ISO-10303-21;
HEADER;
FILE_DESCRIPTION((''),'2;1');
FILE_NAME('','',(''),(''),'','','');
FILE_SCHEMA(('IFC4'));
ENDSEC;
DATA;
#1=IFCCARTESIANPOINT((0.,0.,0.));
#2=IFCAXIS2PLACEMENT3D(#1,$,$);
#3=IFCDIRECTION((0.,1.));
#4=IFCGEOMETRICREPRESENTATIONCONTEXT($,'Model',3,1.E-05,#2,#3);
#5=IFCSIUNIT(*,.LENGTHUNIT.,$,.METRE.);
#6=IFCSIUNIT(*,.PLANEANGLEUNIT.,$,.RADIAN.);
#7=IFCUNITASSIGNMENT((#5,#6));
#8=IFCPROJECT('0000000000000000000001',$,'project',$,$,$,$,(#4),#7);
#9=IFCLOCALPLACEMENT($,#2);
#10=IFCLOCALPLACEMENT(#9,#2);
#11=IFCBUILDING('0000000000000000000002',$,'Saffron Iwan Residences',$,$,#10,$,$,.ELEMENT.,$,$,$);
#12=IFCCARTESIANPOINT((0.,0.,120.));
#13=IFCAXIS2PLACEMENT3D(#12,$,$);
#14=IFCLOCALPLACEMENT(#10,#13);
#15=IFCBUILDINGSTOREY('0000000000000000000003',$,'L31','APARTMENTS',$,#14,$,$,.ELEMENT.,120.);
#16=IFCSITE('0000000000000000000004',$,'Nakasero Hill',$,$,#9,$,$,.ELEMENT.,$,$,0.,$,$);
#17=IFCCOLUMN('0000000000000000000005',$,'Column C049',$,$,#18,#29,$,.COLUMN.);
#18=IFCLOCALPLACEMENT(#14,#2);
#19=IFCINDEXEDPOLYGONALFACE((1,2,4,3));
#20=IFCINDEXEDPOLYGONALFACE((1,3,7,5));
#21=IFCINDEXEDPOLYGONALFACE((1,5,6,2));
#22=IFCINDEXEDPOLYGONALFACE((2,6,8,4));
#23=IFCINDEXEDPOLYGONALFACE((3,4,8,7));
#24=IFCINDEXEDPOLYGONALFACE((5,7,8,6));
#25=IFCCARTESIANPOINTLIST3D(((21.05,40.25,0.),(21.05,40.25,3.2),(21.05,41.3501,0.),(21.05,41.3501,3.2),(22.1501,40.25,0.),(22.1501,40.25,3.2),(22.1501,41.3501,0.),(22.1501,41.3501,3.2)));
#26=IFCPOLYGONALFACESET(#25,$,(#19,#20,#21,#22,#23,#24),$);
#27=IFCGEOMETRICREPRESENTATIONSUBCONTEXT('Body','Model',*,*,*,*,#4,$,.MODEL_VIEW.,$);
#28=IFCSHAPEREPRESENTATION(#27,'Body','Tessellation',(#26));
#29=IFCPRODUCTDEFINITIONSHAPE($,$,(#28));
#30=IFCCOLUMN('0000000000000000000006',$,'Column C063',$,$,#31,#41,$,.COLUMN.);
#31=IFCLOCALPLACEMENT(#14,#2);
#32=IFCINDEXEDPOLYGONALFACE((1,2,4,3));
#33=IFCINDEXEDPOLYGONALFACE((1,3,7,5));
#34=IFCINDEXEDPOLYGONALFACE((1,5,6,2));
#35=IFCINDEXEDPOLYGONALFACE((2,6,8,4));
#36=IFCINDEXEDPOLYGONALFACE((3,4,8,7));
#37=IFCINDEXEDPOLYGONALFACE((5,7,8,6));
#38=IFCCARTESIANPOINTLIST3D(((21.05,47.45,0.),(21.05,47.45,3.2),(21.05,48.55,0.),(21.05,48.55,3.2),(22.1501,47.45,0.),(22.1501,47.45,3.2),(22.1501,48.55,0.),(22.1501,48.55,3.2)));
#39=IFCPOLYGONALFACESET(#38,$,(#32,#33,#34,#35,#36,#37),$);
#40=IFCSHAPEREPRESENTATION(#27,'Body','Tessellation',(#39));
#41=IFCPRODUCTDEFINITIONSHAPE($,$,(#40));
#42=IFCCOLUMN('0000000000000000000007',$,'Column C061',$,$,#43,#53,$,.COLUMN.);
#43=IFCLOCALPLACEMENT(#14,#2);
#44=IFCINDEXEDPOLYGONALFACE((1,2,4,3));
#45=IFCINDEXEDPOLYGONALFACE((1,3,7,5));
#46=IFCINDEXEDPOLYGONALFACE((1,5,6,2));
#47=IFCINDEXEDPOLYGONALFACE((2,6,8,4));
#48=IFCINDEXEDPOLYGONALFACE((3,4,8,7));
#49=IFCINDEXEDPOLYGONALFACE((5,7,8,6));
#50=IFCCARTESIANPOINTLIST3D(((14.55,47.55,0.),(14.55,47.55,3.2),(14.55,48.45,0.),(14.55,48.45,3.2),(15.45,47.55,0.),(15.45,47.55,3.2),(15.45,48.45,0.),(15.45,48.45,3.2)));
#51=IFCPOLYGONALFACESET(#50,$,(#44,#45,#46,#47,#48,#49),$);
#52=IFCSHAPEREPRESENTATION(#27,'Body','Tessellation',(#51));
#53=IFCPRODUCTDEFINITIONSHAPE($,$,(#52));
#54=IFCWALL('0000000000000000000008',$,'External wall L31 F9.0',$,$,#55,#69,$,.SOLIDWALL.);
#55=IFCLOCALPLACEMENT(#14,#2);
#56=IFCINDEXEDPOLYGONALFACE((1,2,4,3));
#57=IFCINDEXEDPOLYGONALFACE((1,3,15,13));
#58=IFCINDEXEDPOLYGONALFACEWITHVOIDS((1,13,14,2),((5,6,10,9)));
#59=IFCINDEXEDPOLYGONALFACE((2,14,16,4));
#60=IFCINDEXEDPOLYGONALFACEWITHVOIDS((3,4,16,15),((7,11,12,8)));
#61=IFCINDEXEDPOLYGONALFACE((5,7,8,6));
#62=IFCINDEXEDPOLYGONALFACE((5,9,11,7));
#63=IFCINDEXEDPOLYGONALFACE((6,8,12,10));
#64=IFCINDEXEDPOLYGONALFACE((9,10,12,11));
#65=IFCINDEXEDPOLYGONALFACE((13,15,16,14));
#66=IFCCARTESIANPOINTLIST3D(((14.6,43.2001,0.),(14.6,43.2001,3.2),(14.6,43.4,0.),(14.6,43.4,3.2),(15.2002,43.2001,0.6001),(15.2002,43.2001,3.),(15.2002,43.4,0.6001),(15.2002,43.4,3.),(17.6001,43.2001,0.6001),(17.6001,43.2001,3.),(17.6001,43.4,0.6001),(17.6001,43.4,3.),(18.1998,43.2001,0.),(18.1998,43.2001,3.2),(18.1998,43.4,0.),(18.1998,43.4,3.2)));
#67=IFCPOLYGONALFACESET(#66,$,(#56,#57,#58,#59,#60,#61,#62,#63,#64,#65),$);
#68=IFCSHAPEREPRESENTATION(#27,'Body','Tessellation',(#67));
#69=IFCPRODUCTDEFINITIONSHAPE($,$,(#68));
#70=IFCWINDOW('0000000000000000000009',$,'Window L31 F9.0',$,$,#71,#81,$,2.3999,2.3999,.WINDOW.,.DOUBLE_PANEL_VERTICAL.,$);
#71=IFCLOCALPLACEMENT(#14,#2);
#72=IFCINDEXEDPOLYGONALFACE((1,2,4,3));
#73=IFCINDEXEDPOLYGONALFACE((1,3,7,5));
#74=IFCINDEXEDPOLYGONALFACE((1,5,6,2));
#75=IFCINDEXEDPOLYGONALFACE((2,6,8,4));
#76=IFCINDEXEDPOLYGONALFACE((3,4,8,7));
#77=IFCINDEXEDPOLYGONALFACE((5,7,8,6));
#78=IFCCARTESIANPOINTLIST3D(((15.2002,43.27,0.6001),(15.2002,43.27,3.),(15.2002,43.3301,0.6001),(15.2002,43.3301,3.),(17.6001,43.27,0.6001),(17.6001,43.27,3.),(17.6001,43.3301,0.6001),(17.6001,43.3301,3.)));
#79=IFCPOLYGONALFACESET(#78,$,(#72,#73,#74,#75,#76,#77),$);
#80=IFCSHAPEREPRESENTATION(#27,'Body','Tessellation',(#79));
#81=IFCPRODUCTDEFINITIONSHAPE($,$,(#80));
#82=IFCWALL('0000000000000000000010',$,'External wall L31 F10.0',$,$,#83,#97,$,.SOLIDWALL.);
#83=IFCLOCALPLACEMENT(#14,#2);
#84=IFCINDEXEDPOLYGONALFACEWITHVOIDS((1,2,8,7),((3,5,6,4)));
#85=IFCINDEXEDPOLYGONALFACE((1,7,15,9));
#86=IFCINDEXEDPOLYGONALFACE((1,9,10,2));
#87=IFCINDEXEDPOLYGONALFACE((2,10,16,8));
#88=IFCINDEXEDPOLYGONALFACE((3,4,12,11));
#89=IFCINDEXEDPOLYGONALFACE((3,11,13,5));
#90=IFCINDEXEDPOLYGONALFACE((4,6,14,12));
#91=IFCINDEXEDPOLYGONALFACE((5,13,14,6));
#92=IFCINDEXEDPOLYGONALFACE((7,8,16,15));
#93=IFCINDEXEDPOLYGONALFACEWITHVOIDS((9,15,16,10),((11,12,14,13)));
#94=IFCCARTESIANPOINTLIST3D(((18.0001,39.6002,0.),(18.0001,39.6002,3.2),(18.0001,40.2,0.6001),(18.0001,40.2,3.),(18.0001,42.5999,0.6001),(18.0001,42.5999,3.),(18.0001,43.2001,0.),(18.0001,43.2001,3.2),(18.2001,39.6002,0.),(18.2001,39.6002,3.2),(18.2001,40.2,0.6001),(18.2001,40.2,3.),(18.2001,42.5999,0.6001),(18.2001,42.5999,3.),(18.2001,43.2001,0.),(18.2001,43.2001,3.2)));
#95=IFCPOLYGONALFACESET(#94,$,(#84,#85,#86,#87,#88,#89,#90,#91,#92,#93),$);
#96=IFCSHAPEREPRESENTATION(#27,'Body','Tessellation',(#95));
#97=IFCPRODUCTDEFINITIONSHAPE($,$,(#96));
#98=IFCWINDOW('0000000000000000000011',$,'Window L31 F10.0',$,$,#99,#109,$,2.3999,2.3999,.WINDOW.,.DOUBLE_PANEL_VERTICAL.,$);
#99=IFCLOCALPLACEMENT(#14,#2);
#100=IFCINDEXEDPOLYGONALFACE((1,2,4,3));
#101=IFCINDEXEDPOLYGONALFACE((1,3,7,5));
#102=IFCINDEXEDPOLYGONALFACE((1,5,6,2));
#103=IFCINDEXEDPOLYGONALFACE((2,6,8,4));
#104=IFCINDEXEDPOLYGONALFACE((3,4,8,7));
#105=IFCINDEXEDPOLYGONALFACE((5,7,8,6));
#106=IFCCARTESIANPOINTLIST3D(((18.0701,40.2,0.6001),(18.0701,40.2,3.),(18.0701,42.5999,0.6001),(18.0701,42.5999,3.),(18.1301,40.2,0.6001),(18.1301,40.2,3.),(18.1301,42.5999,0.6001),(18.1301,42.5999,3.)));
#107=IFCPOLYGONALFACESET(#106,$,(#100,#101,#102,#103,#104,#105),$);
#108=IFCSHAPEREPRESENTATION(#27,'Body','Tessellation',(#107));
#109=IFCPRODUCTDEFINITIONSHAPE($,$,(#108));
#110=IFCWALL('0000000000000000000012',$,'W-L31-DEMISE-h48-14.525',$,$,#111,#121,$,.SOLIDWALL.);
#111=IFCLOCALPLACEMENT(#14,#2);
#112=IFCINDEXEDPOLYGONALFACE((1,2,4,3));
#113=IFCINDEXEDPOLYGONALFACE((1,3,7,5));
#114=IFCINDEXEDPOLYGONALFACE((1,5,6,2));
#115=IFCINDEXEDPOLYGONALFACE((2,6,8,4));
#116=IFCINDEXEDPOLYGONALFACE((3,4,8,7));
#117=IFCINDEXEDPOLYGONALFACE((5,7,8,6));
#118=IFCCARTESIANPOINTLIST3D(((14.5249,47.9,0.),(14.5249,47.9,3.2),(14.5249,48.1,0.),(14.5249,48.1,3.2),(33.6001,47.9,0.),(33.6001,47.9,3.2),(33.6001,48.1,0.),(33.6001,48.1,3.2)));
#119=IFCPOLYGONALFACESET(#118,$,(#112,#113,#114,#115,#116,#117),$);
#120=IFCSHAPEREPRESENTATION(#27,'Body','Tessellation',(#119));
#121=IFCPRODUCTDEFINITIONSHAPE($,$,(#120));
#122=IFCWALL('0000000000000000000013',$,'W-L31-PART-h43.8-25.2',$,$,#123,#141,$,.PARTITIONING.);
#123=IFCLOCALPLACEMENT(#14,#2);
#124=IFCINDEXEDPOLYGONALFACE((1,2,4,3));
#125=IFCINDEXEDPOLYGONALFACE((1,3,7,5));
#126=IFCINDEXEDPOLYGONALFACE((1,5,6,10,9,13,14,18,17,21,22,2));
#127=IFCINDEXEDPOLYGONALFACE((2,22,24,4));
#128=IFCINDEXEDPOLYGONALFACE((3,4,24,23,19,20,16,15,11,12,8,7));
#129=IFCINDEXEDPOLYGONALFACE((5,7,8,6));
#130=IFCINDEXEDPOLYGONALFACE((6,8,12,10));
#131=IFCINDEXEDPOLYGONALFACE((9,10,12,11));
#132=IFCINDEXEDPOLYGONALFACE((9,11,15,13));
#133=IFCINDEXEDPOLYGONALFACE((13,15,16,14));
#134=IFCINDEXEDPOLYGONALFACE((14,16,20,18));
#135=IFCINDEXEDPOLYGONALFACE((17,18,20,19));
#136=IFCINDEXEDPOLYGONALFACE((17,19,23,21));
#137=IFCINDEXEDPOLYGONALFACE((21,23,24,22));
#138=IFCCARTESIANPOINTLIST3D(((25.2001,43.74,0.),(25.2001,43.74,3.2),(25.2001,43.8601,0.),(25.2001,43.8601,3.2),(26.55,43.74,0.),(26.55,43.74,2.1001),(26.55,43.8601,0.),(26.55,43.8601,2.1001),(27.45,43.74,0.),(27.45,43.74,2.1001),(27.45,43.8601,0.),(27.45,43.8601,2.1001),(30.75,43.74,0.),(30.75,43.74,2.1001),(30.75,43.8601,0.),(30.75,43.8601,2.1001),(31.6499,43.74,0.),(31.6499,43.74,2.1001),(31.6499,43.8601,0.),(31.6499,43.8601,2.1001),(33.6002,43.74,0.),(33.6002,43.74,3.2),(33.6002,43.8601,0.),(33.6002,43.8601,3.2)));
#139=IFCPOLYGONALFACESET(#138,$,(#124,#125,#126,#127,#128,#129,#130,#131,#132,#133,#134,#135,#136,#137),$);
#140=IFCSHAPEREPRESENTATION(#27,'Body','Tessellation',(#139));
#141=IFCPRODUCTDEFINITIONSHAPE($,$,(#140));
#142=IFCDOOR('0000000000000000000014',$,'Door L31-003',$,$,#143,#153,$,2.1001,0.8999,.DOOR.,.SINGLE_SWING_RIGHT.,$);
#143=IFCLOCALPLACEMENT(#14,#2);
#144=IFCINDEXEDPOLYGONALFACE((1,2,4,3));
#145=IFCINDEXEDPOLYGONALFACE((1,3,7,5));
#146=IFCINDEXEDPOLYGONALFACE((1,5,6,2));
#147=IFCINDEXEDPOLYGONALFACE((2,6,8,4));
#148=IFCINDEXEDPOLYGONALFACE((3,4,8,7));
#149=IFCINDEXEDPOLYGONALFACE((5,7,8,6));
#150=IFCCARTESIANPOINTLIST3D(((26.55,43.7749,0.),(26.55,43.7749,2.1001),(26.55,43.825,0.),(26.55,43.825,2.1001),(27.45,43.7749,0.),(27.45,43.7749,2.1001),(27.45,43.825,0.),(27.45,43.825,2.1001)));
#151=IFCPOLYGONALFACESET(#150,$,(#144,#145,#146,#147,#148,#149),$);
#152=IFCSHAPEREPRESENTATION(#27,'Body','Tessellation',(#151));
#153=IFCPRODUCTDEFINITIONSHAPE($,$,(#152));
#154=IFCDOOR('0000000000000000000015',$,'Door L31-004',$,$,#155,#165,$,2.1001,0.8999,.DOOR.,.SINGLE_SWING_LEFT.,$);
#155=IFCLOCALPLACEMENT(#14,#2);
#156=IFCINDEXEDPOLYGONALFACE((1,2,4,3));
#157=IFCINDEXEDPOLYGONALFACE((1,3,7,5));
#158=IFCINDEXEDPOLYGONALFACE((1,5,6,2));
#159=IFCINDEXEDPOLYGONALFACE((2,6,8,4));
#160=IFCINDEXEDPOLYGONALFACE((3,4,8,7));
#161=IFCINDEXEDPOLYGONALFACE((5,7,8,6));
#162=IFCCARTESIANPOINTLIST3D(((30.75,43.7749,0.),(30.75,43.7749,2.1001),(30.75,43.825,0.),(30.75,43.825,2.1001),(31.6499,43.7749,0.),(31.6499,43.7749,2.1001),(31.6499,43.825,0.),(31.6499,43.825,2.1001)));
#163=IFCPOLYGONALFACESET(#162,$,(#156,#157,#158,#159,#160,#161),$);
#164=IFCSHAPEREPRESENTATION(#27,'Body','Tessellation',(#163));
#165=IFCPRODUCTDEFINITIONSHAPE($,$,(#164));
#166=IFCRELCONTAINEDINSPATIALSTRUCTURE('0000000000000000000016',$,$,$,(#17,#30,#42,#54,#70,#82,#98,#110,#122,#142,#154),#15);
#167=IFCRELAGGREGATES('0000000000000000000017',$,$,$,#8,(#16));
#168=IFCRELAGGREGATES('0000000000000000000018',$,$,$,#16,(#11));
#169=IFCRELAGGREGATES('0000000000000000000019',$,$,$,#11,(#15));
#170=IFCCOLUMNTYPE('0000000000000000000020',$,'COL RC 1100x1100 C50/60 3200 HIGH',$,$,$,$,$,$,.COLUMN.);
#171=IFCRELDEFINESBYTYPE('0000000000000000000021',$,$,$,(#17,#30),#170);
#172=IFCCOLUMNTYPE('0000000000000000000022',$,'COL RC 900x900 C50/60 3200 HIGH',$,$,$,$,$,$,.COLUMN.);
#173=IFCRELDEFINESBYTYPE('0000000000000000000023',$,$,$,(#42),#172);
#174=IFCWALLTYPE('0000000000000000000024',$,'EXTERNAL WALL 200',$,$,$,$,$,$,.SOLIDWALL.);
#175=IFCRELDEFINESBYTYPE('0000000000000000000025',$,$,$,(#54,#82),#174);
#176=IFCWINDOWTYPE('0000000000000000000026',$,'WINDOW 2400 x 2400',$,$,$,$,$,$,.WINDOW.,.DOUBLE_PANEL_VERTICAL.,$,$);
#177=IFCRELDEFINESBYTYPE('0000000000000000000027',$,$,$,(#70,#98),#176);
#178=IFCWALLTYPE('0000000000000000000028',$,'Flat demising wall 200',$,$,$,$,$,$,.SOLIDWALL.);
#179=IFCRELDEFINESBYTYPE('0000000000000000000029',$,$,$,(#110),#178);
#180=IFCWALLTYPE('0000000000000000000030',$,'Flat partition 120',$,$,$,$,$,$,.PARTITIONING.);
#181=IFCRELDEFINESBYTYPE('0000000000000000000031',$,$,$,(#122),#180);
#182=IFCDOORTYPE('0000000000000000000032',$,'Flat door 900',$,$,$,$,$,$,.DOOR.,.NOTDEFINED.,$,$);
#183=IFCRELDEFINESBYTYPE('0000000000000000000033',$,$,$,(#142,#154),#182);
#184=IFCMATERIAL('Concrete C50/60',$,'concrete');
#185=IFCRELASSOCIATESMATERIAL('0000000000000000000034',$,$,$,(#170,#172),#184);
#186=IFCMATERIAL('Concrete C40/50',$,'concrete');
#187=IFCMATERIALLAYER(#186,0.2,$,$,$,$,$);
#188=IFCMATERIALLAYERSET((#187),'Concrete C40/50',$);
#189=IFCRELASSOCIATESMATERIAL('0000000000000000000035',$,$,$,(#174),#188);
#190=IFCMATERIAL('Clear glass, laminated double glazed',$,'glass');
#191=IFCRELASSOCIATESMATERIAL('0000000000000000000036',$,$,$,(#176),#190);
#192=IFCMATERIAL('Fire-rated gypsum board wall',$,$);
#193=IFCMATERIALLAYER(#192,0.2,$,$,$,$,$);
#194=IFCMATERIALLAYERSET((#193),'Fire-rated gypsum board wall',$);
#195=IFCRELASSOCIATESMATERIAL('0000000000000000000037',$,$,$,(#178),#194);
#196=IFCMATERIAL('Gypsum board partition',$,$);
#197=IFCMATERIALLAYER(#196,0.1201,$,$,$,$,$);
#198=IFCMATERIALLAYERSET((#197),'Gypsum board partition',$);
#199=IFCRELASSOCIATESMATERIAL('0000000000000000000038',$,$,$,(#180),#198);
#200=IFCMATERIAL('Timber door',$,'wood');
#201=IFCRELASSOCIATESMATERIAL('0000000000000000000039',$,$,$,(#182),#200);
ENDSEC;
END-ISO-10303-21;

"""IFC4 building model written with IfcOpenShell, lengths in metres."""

from ifc_helpers import new_model, si_unit, direction, frame, frame_2d, origin, origin_2d, place, context, subcontext, project, spatial, rectangle, extrude, source, transform, mapped, material, layer, layer_set, material_profile, profile_set, type_object, element, fill, save


model = new_model("IFC4")

# Units and contexts
model_context = context("Model", 3, precision=1e-05, world=origin(), true_north=direction((0.0, 1.0)))
body_context = subcontext(model_context, "Body", "Model", "MODEL_VIEW")
ifc_project = project(units=[si_unit("LENGTHUNIT", "METRE"), si_unit("PLANEANGLEUNIT", "RADIAN")], contexts=[model_context])

# Site, building, storey
site_placement = place(None, origin())
site = spatial("IfcSite", under=ifc_project, at=site_placement, Name="Nakasero Hill", CompositionType="ELEMENT", RefElevation=0.0)
building_placement = place(site_placement, origin())
building = spatial("IfcBuilding", under=site, at=building_placement, Name="Saffron Iwan Residences", CompositionType="ELEMENT")
storey_placement = place(building_placement, frame((0.0, 0.0, 120.0)))
storey = spatial("IfcBuildingStorey", under=building, at=storey_placement, Name="L31", Description="APARTMENTS", CompositionType="ELEMENT", Elevation=120.0)

# Columns
ifc_material_1 = material(Name="Concrete C50/60", Category="concrete")
ifc_material_profile_1 = material_profile(ifc_material_1, rectangle(XDim=1.1001, YDim=1.1001, at=origin_2d()), Name="RC 1100x1100")
ifc_profile_set_1 = profile_set([ifc_material_profile_1], Name="Concrete C50/60")
column_type_1 = type_object("IfcColumnType", Name="COL RC 1100x1100 C50/60 3200 HIGH", PredefinedType="COLUMN", material=ifc_profile_set_1)
shared_shape_1 = source(origin(), body_context, "Body", "SweptSolid", [
    extrude(rectangle(XDim=1.1001, YDim=1.1001, at=origin_2d()), origin(), (0.0, 0.0, 1.0), 3.2),
])
for number, where, z_axis, x_axis, name in (
    (1, (21.6001, 40.8, 0.0), (0.0, 0.0, 1.0), (1.0, 0.0, 0.0), "Column C049"),
    (2, (21.6001, 48.0, 0.0), (0.0, 0.0, 1.0), (1.0, 0.0, 0.0), "Column C063"),
):
    element("IfcColumn", number, at=place(storey_placement, frame(where, z_axis=z_axis, x_axis=x_axis)), inside=storey, type_object=column_type_1, Name=name, PredefinedType="COLUMN", context=body_context, shape_type="MappedRepresentation", body=[
        mapped(shared_shape_1, transform((0.0, 0.0, 0.0))),
    ])
ifc_material_profile_2 = material_profile(ifc_material_1, rectangle(XDim=0.8999, YDim=0.8999, at=origin_2d()), Name="RC 900x900")
ifc_profile_set_2 = profile_set([ifc_material_profile_2], Name="Concrete C50/60")
column_type_2 = type_object("IfcColumnType", Name="COL RC 900x900 C50/60 3200 HIGH", PredefinedType="COLUMN", material=ifc_profile_set_2)
shared_shape_2 = source(origin(), body_context, "Body", "SweptSolid", [
    extrude(rectangle(XDim=0.8999, YDim=0.8999, at=origin_2d()), origin(), (0.0, 0.0, 1.0), 3.2),
])
column_placement = place(storey_placement, frame((15.0, 48.0, 0.0), z_axis=(0.0, 0.0, 1.0), x_axis=(1.0, 0.0, 0.0)))
element("IfcColumn", 3, at=column_placement, inside=storey, type_object=column_type_2, Name="Column C061", PredefinedType="COLUMN", context=body_context, shape_type="MappedRepresentation", body=[
    mapped(shared_shape_2, transform((0.0, 0.0, 0.0))),
])

# Walls, openings, windows
ifc_material_2 = material(Name="Concrete C40/50", Category="concrete")
ifc_layer_1 = layer(ifc_material_2, 0.2)
ifc_layer_set_1 = layer_set([ifc_layer_1], Name="Concrete C40/50")
wall_type_1 = type_object("IfcWallType", Name="EXTERNAL WALL 200", PredefinedType="SOLIDWALL", material=ifc_layer_set_1)
wall_1_placement = place(storey_placement, frame((14.6001, 43.3, 0.0), z_axis=(0.0, 0.0, 1.0), x_axis=(1.0, 0.0, 0.0)))
wall_1 = element("IfcWall", 4, at=wall_1_placement, inside=storey, type_object=wall_type_1, Name="External wall L31 F9.0", PredefinedType="SOLIDWALL", context=body_context, shape_type="SweptSolid", body=[
    extrude(rectangle(XDim=3.5999, YDim=0.2, at=frame_2d((1.7998, 0.0))), origin(), (0.0, 0.0, 1.0), 3.2),
])
opening_1_placement = place(wall_1_placement, frame((0.6001, 0.0, 0.6001)))
opening_1 = element("IfcOpeningElement", 5, at=opening_1_placement, cuts=wall_1, PredefinedType="OPENING", context=body_context, shape_type="SweptSolid", body=[
    extrude(rectangle(XDim=2.3999, YDim=2.3999, at=frame_2d((1.2, 1.2))), frame((0.0, 0.1099, 0.0), z_axis=(0.0, -1.0, 0.0), x_axis=(1.0, 0.0, 0.0)), (0.0, 0.0, 1.0), 0.22),
])
ifc_material_3 = material(Name="Clear glass, laminated double glazed", Category="glass")
window_type = type_object("IfcWindowType", Name="WINDOW 2400 x 2400", PartitioningType="DOUBLE_PANEL_VERTICAL", PredefinedType="WINDOW", material=ifc_material_3)
window_1_placement = place(opening_1_placement, origin())
window_1 = element("IfcWindow", 6, at=window_1_placement, inside=storey, type_object=window_type, Name="Window L31 F9.0", OverallHeight=2.3999, OverallWidth=2.3999, PartitioningType="DOUBLE_PANEL_VERTICAL", PredefinedType="WINDOW", context=body_context, shape_type="SweptSolid", body=[
    extrude(rectangle(XDim=2.3999, YDim=2.3999, at=frame_2d((1.2, 1.2))), frame((0.0, 0.03, 0.0), z_axis=(0.0, -1.0, 0.0), x_axis=(1.0, 0.0, 0.0)), (0.0, 0.0, 1.0), 0.0601),
])
fill(opening_1, window_1)
wall_2_placement = place(storey_placement, frame((18.1001, 43.2, 0.0), z_axis=(0.0, 0.0, 1.0), x_axis=(0.0, -1.0, 0.0)))
wall_2 = element("IfcWall", 7, at=wall_2_placement, inside=storey, type_object=wall_type_1, Name="External wall L31 F10.0", PredefinedType="SOLIDWALL", context=body_context, shape_type="SweptSolid", body=[
    extrude(rectangle(XDim=3.5999, YDim=0.2, at=frame_2d((1.7998, 0.0))), origin(), (0.0, 0.0, 1.0), 3.2),
])
opening_2_placement = place(wall_2_placement, frame((0.6001, 0.0, 0.6001)))
opening_2 = element("IfcOpeningElement", 8, at=opening_2_placement, cuts=wall_2, PredefinedType="OPENING", context=body_context, shape_type="SweptSolid", body=[
    extrude(rectangle(XDim=2.3999, YDim=2.3999, at=frame_2d((1.2, 1.2))), frame((0.0, 0.1099, 0.0), z_axis=(0.0, -1.0, 0.0), x_axis=(1.0, 0.0, 0.0)), (0.0, 0.0, 1.0), 0.22),
])
window_2_placement = place(opening_2_placement, origin())
window_2 = element("IfcWindow", 9, at=window_2_placement, inside=storey, type_object=window_type, Name="Window L31 F10.0", OverallHeight=2.3999, OverallWidth=2.3999, PartitioningType="DOUBLE_PANEL_VERTICAL", PredefinedType="WINDOW", context=body_context, shape_type="SweptSolid", body=[
    extrude(rectangle(XDim=2.3999, YDim=2.3999, at=frame_2d((1.2, 1.2))), frame((0.0, 0.03, 0.0), z_axis=(0.0, -1.0, 0.0), x_axis=(1.0, 0.0, 0.0)), (0.0, 0.0, 1.0), 0.0601),
])
fill(opening_2, window_2)

# Wall
ifc_material_4 = material(Name="Fire-rated gypsum board wall")
ifc_layer_2 = layer(ifc_material_4, 0.2)
ifc_layer_set_2 = layer_set([ifc_layer_2], Name="Fire-rated gypsum board wall")
wall_type_2 = type_object("IfcWallType", Name="Flat demising wall 200", PredefinedType="SOLIDWALL", material=ifc_layer_set_2)
wall_3_placement = place(storey_placement, frame((14.5249, 48.0, 0.0), z_axis=(0.0, 0.0, 1.0), x_axis=(1.0, 0.0, 0.0)))
element("IfcWall", 10, at=wall_3_placement, inside=storey, type_object=wall_type_2, Name="W-L31-DEMISE-h48-14.525", PredefinedType="SOLIDWALL", context=body_context, shape_type="SweptSolid", body=[
    extrude(rectangle(XDim=19.0752, YDim=0.2, at=frame_2d((9.5376, 0.0))), origin(), (0.0, 0.0, 1.0), 3.2),
])

# Wall, openings, doors
ifc_material_5 = material(Name="Gypsum board partition")
ifc_layer_3 = layer(ifc_material_5, 0.1201)
ifc_layer_set_3 = layer_set([ifc_layer_3], Name="Gypsum board partition")
wall_type_3 = type_object("IfcWallType", Name="Flat partition 120", PredefinedType="PARTITIONING", material=ifc_layer_set_3)
wall_4_placement = place(storey_placement, frame((25.2, 43.8, 0.0), z_axis=(0.0, 0.0, 1.0), x_axis=(1.0, 0.0, 0.0)))
wall_4 = element("IfcWall", 11, at=wall_4_placement, inside=storey, type_object=wall_type_3, Name="W-L31-PART-h43.8-25.2", PredefinedType="PARTITIONING", context=body_context, shape_type="SweptSolid", body=[
    extrude(rectangle(XDim=8.4001, YDim=0.1201, at=frame_2d((4.2002, 0.0))), origin(), (0.0, 0.0, 1.0), 3.2),
])
opening_3_placement = place(wall_4_placement, frame((1.3501, 0.0, 0.0)))
opening_3 = element("IfcOpeningElement", 12, at=opening_3_placement, cuts=wall_4, PredefinedType="OPENING", context=body_context, shape_type="SweptSolid", body=[
    extrude(rectangle(XDim=0.8999, YDim=2.1001, at=frame_2d((0.45, 1.05))), frame((0.0, 0.0701, 0.0), z_axis=(0.0, -1.0, 0.0), x_axis=(1.0, 0.0, 0.0)), (0.0, 0.0, 1.0), 0.1401),
])
opening_4_placement = place(wall_4_placement, frame((5.55, 0.0, 0.0)))
opening_4 = element("IfcOpeningElement", 13, at=opening_4_placement, cuts=wall_4, PredefinedType="OPENING", context=body_context, shape_type="SweptSolid", body=[
    extrude(rectangle(XDim=0.8999, YDim=2.1001, at=frame_2d((0.45, 1.05))), frame((0.0, 0.0701, 0.0), z_axis=(0.0, -1.0, 0.0), x_axis=(1.0, 0.0, 0.0)), (0.0, 0.0, 1.0), 0.1401),
])
ifc_material_6 = material(Name="Timber door", Category="wood")
door_type_1 = type_object("IfcDoorType", Name="Flat door 900", OperationType="NOTDEFINED", PredefinedType="DOOR", material=ifc_material_6)
door_1_placement = place(opening_3_placement, origin())
door_1 = element("IfcDoor", 14, at=door_1_placement, inside=storey, type_object=door_type_1, Name="Door L31-003", OperationType="SINGLE_SWING_RIGHT", OverallHeight=2.1001, OverallWidth=0.8999, PredefinedType="DOOR", context=body_context, shape_type="SweptSolid", body=[
    extrude(rectangle(XDim=0.8999, YDim=2.1001, at=frame_2d((0.45, 1.05))), frame((0.0, 0.0249, 0.0), z_axis=(0.0, -1.0, 0.0), x_axis=(1.0, 0.0, 0.0)), (0.0, 0.0, 1.0), 0.05),
])
fill(opening_3, door_1)
door_2_placement = place(opening_4_placement, origin())
door_2 = element("IfcDoor", 15, at=door_2_placement, inside=storey, type_object=door_type_1, Name="Door L31-004", OperationType="SINGLE_SWING_LEFT", OverallHeight=2.1001, OverallWidth=0.8999, PredefinedType="DOOR", context=body_context, shape_type="SweptSolid", body=[
    extrude(rectangle(XDim=0.8999, YDim=2.1001, at=frame_2d((0.45, 1.05))), frame((0.0, 0.0249, 0.0), z_axis=(0.0, -1.0, 0.0), x_axis=(1.0, 0.0, 0.0)), (0.0, 0.0, 1.0), 0.05),
])
fill(opening_4, door_2)

save(model, "model.ifc")
